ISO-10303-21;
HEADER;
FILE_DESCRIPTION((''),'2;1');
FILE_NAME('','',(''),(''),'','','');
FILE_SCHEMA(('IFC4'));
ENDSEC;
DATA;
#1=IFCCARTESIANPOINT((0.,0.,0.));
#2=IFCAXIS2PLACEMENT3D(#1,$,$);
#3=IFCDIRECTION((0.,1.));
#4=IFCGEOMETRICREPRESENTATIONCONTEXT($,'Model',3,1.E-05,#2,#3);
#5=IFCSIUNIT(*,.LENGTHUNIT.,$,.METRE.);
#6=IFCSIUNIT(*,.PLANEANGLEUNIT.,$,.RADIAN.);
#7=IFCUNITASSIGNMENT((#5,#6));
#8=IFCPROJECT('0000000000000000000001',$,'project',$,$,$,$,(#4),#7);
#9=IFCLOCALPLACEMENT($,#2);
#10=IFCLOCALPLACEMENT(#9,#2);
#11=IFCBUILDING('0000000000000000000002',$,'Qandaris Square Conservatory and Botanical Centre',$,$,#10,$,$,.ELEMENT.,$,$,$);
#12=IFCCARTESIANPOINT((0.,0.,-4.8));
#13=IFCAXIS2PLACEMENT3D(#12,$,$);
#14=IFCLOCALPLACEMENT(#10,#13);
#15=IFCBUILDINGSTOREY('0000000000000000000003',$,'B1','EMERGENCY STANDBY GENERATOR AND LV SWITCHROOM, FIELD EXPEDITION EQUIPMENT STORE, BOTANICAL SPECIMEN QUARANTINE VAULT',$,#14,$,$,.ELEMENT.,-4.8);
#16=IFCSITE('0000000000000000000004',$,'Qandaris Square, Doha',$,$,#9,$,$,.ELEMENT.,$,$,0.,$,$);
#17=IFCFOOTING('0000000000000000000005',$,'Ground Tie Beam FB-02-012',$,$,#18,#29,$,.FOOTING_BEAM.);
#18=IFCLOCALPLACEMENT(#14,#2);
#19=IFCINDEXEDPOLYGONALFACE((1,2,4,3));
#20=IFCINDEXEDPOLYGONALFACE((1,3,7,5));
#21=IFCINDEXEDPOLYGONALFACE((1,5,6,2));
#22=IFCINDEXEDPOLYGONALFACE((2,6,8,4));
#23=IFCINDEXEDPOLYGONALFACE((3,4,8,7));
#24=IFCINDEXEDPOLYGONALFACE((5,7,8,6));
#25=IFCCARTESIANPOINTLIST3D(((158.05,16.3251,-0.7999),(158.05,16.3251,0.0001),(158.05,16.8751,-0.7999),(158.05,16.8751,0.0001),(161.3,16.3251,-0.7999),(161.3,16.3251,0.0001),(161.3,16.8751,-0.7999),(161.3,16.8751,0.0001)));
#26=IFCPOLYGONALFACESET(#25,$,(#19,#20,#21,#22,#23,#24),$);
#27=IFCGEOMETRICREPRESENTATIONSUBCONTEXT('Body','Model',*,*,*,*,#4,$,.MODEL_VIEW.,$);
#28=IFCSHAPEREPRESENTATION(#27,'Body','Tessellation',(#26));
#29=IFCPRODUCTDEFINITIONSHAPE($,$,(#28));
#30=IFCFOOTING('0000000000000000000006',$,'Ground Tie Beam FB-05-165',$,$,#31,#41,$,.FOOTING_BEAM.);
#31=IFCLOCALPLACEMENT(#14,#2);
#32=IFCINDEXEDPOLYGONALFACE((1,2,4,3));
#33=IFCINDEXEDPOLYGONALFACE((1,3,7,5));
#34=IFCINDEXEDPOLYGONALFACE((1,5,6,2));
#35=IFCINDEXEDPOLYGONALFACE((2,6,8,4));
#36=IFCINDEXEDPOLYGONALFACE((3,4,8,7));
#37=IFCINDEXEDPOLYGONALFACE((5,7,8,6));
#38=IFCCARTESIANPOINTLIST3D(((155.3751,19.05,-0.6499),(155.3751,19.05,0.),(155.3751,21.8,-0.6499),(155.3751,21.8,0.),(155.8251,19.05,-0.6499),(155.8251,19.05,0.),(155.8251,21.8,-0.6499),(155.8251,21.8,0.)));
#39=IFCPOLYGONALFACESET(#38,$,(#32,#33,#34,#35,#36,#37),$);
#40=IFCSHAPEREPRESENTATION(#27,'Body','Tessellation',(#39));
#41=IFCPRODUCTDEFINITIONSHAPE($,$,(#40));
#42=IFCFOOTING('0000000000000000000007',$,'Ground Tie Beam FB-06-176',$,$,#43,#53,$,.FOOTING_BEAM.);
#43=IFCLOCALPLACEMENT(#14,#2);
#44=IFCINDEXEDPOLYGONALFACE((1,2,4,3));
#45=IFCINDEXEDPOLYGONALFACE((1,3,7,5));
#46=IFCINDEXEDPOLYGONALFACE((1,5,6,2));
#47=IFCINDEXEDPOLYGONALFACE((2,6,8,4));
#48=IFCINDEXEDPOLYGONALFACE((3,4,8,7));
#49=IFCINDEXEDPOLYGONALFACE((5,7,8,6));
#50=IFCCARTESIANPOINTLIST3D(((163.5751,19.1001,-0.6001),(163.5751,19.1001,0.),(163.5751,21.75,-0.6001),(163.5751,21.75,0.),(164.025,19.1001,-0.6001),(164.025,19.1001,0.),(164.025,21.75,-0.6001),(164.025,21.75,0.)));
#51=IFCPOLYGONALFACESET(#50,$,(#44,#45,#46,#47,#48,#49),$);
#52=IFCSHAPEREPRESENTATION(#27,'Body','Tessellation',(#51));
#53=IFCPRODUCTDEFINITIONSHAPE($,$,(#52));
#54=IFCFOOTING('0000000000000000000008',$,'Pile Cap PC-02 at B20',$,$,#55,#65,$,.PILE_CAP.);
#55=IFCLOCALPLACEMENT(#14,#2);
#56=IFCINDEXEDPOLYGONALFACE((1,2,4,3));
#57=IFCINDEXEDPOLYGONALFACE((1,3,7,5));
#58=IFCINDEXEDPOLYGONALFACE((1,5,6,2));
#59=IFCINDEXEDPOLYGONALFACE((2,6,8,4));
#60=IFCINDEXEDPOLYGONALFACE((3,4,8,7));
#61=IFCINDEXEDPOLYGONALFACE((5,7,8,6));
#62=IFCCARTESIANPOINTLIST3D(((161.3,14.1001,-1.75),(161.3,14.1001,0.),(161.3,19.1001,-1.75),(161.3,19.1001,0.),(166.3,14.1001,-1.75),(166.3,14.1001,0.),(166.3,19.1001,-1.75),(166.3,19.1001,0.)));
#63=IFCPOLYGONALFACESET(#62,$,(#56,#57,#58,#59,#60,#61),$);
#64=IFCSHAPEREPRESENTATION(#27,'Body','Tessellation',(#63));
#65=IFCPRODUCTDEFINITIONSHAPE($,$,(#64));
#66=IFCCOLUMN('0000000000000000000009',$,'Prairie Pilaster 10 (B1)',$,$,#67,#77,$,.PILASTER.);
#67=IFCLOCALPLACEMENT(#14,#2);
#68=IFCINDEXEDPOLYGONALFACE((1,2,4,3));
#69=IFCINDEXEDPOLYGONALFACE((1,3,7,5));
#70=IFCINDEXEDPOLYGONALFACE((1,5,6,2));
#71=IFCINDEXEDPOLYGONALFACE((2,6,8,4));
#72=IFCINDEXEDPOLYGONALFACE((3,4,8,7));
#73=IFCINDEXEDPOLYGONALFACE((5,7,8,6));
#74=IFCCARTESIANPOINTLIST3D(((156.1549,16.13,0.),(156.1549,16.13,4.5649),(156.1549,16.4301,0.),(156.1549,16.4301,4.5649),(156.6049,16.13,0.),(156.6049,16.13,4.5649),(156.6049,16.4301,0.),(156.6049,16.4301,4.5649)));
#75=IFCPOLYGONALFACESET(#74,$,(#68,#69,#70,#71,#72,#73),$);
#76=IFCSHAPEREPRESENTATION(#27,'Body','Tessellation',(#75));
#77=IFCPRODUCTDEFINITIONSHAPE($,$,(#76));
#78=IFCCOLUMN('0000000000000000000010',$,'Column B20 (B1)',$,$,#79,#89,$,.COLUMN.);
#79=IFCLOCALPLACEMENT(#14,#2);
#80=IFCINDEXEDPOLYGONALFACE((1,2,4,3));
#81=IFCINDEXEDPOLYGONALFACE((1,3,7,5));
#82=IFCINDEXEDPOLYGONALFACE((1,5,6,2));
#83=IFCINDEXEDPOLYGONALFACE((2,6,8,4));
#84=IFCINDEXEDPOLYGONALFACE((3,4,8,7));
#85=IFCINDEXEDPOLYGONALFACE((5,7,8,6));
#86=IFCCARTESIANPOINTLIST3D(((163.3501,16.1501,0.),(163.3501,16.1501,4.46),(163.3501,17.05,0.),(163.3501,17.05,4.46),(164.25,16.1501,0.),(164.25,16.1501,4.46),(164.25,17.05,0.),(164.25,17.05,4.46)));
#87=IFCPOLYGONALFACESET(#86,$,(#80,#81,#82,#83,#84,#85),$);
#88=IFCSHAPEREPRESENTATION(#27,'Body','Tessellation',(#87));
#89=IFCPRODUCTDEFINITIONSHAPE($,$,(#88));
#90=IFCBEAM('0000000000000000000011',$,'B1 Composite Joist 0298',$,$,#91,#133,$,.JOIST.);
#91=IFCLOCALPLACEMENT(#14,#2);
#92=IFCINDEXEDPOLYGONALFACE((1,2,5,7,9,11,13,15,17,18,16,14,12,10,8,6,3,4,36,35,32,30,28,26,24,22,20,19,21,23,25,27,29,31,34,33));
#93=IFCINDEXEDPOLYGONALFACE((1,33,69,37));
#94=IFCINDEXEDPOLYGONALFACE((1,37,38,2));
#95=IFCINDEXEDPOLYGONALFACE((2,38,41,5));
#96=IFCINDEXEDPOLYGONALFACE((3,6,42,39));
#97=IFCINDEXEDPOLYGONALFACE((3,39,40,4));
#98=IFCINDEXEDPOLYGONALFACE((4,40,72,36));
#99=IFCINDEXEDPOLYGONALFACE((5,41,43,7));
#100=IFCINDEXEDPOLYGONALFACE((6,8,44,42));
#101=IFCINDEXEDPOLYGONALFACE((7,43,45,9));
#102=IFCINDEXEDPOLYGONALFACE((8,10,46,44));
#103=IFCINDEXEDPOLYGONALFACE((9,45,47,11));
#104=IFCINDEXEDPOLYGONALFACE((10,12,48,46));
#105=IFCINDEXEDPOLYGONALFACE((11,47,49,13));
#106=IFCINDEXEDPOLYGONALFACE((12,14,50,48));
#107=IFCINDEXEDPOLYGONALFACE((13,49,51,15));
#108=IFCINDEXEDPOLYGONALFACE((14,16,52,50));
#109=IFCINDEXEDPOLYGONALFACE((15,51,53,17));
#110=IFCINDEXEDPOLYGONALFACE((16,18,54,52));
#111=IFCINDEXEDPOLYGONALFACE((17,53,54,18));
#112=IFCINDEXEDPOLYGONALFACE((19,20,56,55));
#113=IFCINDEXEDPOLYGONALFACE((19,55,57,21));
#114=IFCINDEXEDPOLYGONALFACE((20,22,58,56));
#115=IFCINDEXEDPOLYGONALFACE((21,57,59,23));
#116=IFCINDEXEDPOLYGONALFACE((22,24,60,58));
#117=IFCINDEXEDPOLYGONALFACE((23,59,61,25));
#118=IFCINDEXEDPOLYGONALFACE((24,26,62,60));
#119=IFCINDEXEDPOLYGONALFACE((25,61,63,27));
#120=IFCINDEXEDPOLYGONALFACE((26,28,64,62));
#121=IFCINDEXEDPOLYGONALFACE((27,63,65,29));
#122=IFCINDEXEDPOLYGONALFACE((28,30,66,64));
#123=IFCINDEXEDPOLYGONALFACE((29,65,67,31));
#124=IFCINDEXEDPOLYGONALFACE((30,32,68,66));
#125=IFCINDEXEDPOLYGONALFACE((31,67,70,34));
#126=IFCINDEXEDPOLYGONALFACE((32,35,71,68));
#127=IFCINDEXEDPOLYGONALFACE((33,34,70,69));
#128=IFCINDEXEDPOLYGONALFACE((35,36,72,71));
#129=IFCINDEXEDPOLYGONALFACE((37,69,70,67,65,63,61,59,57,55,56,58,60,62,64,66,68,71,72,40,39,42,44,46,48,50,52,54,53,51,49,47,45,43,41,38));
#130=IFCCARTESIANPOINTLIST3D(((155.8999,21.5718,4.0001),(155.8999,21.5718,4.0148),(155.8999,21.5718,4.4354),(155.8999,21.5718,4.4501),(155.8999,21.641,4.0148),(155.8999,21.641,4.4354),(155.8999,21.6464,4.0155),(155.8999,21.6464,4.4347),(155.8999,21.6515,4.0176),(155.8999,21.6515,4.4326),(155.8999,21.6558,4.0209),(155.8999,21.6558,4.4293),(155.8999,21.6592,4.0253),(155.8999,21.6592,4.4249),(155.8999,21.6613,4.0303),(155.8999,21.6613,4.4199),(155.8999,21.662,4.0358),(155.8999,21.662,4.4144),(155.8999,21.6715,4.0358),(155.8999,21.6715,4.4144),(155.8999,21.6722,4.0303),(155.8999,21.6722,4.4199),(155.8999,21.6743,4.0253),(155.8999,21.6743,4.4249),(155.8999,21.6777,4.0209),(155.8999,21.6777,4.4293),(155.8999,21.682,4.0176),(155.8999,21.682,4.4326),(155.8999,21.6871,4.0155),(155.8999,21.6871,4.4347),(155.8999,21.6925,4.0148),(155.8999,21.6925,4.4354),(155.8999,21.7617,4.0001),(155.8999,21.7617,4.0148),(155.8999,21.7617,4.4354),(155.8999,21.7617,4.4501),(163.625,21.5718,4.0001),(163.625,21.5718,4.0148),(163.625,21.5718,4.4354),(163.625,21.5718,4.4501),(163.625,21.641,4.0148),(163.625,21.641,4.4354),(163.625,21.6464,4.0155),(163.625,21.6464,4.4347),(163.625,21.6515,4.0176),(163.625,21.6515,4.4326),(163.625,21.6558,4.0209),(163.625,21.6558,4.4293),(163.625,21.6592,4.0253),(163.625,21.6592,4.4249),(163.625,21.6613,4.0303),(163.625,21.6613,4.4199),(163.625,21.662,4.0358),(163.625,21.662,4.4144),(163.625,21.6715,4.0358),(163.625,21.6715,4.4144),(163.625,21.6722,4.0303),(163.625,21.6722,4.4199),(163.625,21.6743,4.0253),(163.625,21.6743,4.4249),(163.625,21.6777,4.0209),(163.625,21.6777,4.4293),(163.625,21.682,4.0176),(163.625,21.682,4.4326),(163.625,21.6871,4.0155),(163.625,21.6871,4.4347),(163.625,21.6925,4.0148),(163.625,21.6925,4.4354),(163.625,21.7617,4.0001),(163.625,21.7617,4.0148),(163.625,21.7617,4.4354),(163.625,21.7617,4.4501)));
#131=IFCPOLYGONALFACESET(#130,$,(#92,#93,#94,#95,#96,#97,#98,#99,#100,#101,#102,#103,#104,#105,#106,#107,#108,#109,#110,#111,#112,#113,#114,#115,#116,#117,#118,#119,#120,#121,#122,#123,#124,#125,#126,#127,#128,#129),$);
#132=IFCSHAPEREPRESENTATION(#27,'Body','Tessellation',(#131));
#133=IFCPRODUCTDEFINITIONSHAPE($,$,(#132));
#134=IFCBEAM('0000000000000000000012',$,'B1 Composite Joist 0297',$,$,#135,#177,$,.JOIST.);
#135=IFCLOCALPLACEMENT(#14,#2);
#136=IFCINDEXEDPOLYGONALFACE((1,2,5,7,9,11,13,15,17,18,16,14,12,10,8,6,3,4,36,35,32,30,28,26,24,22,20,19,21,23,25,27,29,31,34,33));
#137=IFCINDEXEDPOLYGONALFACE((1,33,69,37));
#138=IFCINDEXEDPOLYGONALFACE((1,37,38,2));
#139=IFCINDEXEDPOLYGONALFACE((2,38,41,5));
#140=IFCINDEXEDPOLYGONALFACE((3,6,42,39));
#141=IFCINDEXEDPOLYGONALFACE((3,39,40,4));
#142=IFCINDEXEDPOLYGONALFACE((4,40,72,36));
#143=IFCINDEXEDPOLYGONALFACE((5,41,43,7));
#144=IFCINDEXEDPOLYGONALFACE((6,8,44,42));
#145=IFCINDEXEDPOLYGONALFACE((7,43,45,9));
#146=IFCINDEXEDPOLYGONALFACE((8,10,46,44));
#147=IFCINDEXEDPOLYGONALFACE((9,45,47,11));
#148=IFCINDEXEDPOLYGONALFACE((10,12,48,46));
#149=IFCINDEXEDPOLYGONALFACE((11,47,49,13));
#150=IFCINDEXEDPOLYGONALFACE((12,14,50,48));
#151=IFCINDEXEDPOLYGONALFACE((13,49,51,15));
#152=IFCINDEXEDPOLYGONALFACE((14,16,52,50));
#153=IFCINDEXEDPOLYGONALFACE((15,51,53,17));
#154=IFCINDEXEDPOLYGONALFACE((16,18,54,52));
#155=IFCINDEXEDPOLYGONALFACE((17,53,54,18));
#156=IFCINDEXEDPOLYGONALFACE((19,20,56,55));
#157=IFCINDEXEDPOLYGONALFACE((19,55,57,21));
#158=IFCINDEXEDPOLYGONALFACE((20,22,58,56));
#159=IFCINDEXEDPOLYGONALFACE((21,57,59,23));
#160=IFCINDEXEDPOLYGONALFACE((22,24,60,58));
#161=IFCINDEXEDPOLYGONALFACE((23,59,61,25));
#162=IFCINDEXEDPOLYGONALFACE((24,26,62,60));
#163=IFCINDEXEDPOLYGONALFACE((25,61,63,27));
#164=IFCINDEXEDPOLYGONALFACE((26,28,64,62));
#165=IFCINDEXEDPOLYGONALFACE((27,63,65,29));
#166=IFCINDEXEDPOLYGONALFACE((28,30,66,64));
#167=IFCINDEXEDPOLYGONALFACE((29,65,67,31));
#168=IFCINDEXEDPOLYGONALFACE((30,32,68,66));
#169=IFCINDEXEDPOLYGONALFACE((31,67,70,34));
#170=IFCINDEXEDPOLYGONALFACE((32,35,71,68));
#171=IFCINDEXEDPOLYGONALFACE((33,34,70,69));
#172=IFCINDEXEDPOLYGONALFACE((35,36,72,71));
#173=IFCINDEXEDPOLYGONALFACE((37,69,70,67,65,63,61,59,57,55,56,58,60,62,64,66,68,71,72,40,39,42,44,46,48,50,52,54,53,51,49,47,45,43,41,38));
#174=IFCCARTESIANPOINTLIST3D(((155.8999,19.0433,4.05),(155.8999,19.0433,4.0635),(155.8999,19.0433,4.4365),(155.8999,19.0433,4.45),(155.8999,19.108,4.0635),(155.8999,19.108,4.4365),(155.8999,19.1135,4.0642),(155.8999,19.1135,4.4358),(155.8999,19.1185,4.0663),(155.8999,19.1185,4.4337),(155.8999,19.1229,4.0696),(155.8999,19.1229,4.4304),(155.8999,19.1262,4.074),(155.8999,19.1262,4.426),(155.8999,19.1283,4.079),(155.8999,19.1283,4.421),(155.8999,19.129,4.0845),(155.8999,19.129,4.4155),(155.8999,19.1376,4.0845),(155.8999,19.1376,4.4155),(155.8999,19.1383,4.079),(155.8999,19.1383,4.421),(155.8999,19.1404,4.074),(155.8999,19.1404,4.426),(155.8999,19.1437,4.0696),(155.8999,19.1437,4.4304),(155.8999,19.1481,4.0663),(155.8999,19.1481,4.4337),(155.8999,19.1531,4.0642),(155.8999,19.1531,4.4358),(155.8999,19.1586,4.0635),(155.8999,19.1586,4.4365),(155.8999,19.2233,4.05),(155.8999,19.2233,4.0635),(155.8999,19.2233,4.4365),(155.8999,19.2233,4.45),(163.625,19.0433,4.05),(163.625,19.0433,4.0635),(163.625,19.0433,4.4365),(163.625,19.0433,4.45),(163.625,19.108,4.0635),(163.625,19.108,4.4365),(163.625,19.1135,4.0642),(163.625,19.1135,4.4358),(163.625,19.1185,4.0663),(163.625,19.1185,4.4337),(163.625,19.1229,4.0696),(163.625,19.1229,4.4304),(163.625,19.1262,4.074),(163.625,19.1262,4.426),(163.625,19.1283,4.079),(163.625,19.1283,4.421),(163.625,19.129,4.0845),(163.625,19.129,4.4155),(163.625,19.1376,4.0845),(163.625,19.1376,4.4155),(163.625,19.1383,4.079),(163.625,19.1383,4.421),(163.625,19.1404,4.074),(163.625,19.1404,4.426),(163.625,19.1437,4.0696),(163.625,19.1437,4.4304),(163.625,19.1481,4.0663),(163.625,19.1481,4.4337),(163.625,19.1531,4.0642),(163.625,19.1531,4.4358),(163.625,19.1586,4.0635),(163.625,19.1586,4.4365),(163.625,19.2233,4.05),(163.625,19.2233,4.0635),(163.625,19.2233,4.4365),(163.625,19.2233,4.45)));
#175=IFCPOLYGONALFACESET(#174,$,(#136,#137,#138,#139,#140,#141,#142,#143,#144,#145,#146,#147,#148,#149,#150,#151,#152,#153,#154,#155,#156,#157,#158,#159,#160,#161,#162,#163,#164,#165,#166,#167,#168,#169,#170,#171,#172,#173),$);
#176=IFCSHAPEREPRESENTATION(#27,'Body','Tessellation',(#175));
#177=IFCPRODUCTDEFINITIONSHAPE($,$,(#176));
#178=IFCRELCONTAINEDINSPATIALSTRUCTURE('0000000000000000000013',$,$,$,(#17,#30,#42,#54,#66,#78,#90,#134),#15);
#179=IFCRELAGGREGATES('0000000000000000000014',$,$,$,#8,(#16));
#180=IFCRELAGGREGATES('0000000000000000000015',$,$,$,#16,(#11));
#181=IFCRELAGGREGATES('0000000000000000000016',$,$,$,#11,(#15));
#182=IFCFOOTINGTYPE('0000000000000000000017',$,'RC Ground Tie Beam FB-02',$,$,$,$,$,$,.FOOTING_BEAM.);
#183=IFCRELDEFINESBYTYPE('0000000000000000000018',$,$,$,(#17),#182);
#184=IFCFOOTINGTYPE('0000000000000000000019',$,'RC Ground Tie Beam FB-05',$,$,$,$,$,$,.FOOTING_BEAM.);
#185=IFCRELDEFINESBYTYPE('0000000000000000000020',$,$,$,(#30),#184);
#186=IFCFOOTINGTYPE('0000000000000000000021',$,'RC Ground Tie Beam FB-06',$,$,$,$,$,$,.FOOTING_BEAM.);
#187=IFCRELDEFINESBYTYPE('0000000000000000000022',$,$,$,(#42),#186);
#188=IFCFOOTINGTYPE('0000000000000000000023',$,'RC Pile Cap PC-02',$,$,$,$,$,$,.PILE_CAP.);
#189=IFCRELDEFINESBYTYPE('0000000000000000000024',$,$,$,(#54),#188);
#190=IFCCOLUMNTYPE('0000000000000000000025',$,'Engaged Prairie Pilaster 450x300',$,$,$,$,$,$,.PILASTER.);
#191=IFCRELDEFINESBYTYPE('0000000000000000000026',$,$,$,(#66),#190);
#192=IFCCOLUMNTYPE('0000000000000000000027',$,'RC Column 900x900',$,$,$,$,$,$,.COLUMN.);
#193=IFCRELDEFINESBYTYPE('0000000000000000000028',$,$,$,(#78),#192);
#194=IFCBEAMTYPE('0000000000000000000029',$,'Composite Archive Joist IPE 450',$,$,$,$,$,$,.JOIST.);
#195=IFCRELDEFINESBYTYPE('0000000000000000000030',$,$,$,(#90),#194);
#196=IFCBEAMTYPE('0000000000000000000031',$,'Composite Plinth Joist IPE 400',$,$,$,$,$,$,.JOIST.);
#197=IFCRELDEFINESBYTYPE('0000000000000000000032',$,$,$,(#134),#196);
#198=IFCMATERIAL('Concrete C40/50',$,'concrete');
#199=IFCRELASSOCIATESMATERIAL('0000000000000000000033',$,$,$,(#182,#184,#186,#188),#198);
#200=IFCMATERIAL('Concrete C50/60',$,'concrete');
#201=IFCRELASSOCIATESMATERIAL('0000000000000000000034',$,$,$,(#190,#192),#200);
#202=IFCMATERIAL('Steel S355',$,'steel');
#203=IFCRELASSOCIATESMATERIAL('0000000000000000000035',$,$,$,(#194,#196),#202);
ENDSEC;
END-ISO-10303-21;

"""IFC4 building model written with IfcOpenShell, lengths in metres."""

from ifc_helpers import new_model, si_unit, direction, frame, origin, origin_2d, place, context, subcontext, project, spatial, rectangle, i_section, extrude, material, material_profile, profile_set, type_object, element, save


model = new_model("IFC4")

# Units and contexts
model_context = context("Model", 3, precision=1e-05, world=origin(), true_north=direction((0.0, 1.0)))
body_context = subcontext(model_context, "Body", "Model", "MODEL_VIEW")
ifc_project = project(units=[si_unit("LENGTHUNIT", "METRE"), si_unit("PLANEANGLEUNIT", "RADIAN")], contexts=[model_context])

# Site, building, storey
site_placement = place(None, origin())
site = spatial("IfcSite", under=ifc_project, at=site_placement, Name="Qandaris Square, Doha", CompositionType="ELEMENT", RefElevation=0.0)
building_placement = place(site_placement, origin())
building = spatial("IfcBuilding", under=site, at=building_placement, Name="Qandaris Square Conservatory and Botanical Centre", CompositionType="ELEMENT")
storey_placement = place(building_placement, frame((0.0, 0.0, -4.8)))
storey = spatial("IfcBuildingStorey", under=building, at=storey_placement, Name="B1", Description="EMERGENCY STANDBY GENERATOR AND LV SWITCHROOM, FIELD EXPEDITION EQUIPMENT STORE, BOTANICAL SPECIMEN QUARANTINE VAULT", CompositionType="ELEMENT", Elevation=-4.8)

# Shared definitions
ifc_material_1 = material(Name="Concrete C50/60", Category="concrete")

# Footings
ifc_material_2 = material(Name="Concrete C40/50", Category="concrete")
ifc_material_profile_1 = material_profile(ifc_material_2, rectangle(XDim=0.55, YDim=0.8, at=origin_2d()), Name="FB 550x800")
ifc_profile_set_1 = profile_set([ifc_material_profile_1], Name="Concrete C40/50")
footing_type_1 = type_object("IfcFootingType", Name="RC Ground Tie Beam FB-02", PredefinedType="FOOTING_BEAM", material=ifc_profile_set_1)
footing_1_placement = place(storey_placement, frame((158.05, 16.6001, -0.3999), z_axis=(1.0, 0.0, 0.0), x_axis=(0.0, 1.0, 0.0)))
element("IfcFooting", 1, at=footing_1_placement, inside=storey, type_object=footing_type_1, Name="Ground Tie Beam FB-02-012", PredefinedType="FOOTING_BEAM", context=body_context, shape_type="SweptSolid", body=[
    extrude(rectangle(XDim=0.55, YDim=0.8, at=origin_2d()), origin(), (0.0, 0.0, 1.0), 3.25),
])
ifc_material_profile_2 = material_profile(ifc_material_2, rectangle(XDim=0.45, YDim=0.6499, at=origin_2d()), Name="FB 450x650")
ifc_profile_set_2 = profile_set([ifc_material_profile_2], Name="Concrete C40/50")
footing_type_2 = type_object("IfcFootingType", Name="RC Ground Tie Beam FB-05", PredefinedType="FOOTING_BEAM", material=ifc_profile_set_2)
footing_2_placement = place(storey_placement, frame((155.6001, 19.05, -0.325), z_axis=(0.0, 1.0, 0.0), x_axis=(-1.0, 0.0, 0.0)))
element("IfcFooting", 2, at=footing_2_placement, inside=storey, type_object=footing_type_2, Name="Ground Tie Beam FB-05-165", PredefinedType="FOOTING_BEAM", context=body_context, shape_type="SweptSolid", body=[
    extrude(rectangle(XDim=0.45, YDim=0.6499, at=origin_2d()), origin(), (0.0, 0.0, 1.0), 2.75),
])
ifc_material_profile_3 = material_profile(ifc_material_2, rectangle(XDim=0.45, YDim=0.6001, at=origin_2d()), Name="FB 450x600")
ifc_profile_set_3 = profile_set([ifc_material_profile_3], Name="Concrete C40/50")
footing_type_3 = type_object("IfcFootingType", Name="RC Ground Tie Beam FB-06", PredefinedType="FOOTING_BEAM", material=ifc_profile_set_3)
footing_3_placement = place(storey_placement, frame((163.8, 19.1001, -0.3), z_axis=(0.0, 1.0, 0.0), x_axis=(-1.0, 0.0, 0.0)))
element("IfcFooting", 3, at=footing_3_placement, inside=storey, type_object=footing_type_3, Name="Ground Tie Beam FB-06-176", PredefinedType="FOOTING_BEAM", context=body_context, shape_type="SweptSolid", body=[
    extrude(rectangle(XDim=0.45, YDim=0.6001, at=origin_2d()), origin(), (0.0, 0.0, 1.0), 2.6499),
])
footing_type_4 = type_object("IfcFootingType", Name="RC Pile Cap PC-02", PredefinedType="PILE_CAP", material=ifc_material_2)
footing_4_placement = place(storey_placement, frame((163.8, 16.6001, -1.75), z_axis=(0.0, 0.0, 1.0), x_axis=(1.0, 0.0, 0.0)))
element("IfcFooting", 4, at=footing_4_placement, inside=storey, type_object=footing_type_4, Name="Pile Cap PC-02 at B20", PredefinedType="PILE_CAP", context=body_context, shape_type="SweptSolid", body=[
    extrude(rectangle(XDim=5.0, YDim=5.0, at=origin_2d()), origin(), (0.0, 0.0, 1.0), 1.75),
])

# Columns
ifc_material_profile_4 = material_profile(ifc_material_1, rectangle(XDim=0.45, YDim=0.3, at=origin_2d()), Name="RC-PIL 450x300")
ifc_profile_set_4 = profile_set([ifc_material_profile_4], Name="Concrete C50/60")
column_type_1 = type_object("IfcColumnType", Name="Engaged Prairie Pilaster 450x300", PredefinedType="PILASTER", material=ifc_profile_set_4)
column_1_placement = place(storey_placement, frame((156.3799, 16.28, 0.0), z_axis=(0.0, 0.0, 1.0), x_axis=(1.0, 0.0, 0.0)))
element("IfcColumn", 5, at=column_1_placement, inside=storey, type_object=column_type_1, Name="Prairie Pilaster 10 (B1)", PredefinedType="PILASTER", context=body_context, shape_type="SweptSolid", body=[
    extrude(rectangle(XDim=0.45, YDim=0.3, at=origin_2d()), origin(), (0.0, 0.0, 1.0), 4.5649),
])
ifc_material_profile_5 = material_profile(ifc_material_1, rectangle(XDim=0.8999, YDim=0.8999, at=origin_2d()), Name="RC-COL 900x900")
ifc_profile_set_5 = profile_set([ifc_material_profile_5], Name="Concrete C50/60")
column_type_2 = type_object("IfcColumnType", Name="RC Column 900x900", PredefinedType="COLUMN", material=ifc_profile_set_5)
column_2_placement = place(storey_placement, frame((163.8, 16.6001, 0.0), z_axis=(0.0, 0.0, 1.0), x_axis=(1.0, 0.0, 0.0)))
element("IfcColumn", 6, at=column_2_placement, inside=storey, type_object=column_type_2, Name="Column B20 (B1)", PredefinedType="COLUMN", context=body_context, shape_type="SweptSolid", body=[
    extrude(rectangle(XDim=0.8999, YDim=0.8999, at=origin_2d()), origin(), (0.0, 0.0, 1.0), 4.46),
])

# Beams
ifc_material_3 = material(Name="Steel S355", Category="steel")
ifc_material_profile_6 = material_profile(ifc_material_3, i_section(OverallWidth=0.1899, OverallDepth=0.45, WebThickness=0.0095, FlangeThickness=0.0146, FilletRadius=0.021, at=origin_2d()), Name="IPE 450")
ifc_profile_set_6 = profile_set([ifc_material_profile_6], Name="Steel S355")
beam_type_1 = type_object("IfcBeamType", Name="Composite Archive Joist IPE 450", PredefinedType="JOIST", material=ifc_profile_set_6)
beam_1_placement = place(storey_placement, frame((155.8999, 21.6667, 4.2251), z_axis=(1.0, 0.0, 0.0), x_axis=(0.0, 1.0, 0.0)))
element("IfcBeam", 7, at=beam_1_placement, inside=storey, type_object=beam_type_1, Name="B1 Composite Joist 0298", PredefinedType="JOIST", context=body_context, shape_type="SweptSolid", body=[
    extrude(i_section(OverallWidth=0.1899, OverallDepth=0.45, WebThickness=0.0095, FlangeThickness=0.0146, FilletRadius=0.021, at=origin_2d()), origin(), (0.0, 0.0, 1.0), 7.7251),
])
ifc_material_profile_7 = material_profile(ifc_material_3, i_section(OverallWidth=0.1799, OverallDepth=0.3999, WebThickness=0.0085, FlangeThickness=0.0134, FilletRadius=0.021, at=origin_2d()), Name="IPE 400")
ifc_profile_set_7 = profile_set([ifc_material_profile_7], Name="Steel S355")
beam_type_2 = type_object("IfcBeamType", Name="Composite Plinth Joist IPE 400", PredefinedType="JOIST", material=ifc_profile_set_7)
beam_2_placement = place(storey_placement, frame((155.8999, 19.1333, 4.25), z_axis=(1.0, 0.0, 0.0), x_axis=(0.0, 1.0, 0.0)))
element("IfcBeam", 8, at=beam_2_placement, inside=storey, type_object=beam_type_2, Name="B1 Composite Joist 0297", PredefinedType="JOIST", context=body_context, shape_type="SweptSolid", body=[
    extrude(i_section(OverallWidth=0.1799, OverallDepth=0.3999, WebThickness=0.0085, FlangeThickness=0.0134, FilletRadius=0.021, at=origin_2d()), origin(), (0.0, 0.0, 1.0), 7.7251),
])

save(model, "model.ifc")
